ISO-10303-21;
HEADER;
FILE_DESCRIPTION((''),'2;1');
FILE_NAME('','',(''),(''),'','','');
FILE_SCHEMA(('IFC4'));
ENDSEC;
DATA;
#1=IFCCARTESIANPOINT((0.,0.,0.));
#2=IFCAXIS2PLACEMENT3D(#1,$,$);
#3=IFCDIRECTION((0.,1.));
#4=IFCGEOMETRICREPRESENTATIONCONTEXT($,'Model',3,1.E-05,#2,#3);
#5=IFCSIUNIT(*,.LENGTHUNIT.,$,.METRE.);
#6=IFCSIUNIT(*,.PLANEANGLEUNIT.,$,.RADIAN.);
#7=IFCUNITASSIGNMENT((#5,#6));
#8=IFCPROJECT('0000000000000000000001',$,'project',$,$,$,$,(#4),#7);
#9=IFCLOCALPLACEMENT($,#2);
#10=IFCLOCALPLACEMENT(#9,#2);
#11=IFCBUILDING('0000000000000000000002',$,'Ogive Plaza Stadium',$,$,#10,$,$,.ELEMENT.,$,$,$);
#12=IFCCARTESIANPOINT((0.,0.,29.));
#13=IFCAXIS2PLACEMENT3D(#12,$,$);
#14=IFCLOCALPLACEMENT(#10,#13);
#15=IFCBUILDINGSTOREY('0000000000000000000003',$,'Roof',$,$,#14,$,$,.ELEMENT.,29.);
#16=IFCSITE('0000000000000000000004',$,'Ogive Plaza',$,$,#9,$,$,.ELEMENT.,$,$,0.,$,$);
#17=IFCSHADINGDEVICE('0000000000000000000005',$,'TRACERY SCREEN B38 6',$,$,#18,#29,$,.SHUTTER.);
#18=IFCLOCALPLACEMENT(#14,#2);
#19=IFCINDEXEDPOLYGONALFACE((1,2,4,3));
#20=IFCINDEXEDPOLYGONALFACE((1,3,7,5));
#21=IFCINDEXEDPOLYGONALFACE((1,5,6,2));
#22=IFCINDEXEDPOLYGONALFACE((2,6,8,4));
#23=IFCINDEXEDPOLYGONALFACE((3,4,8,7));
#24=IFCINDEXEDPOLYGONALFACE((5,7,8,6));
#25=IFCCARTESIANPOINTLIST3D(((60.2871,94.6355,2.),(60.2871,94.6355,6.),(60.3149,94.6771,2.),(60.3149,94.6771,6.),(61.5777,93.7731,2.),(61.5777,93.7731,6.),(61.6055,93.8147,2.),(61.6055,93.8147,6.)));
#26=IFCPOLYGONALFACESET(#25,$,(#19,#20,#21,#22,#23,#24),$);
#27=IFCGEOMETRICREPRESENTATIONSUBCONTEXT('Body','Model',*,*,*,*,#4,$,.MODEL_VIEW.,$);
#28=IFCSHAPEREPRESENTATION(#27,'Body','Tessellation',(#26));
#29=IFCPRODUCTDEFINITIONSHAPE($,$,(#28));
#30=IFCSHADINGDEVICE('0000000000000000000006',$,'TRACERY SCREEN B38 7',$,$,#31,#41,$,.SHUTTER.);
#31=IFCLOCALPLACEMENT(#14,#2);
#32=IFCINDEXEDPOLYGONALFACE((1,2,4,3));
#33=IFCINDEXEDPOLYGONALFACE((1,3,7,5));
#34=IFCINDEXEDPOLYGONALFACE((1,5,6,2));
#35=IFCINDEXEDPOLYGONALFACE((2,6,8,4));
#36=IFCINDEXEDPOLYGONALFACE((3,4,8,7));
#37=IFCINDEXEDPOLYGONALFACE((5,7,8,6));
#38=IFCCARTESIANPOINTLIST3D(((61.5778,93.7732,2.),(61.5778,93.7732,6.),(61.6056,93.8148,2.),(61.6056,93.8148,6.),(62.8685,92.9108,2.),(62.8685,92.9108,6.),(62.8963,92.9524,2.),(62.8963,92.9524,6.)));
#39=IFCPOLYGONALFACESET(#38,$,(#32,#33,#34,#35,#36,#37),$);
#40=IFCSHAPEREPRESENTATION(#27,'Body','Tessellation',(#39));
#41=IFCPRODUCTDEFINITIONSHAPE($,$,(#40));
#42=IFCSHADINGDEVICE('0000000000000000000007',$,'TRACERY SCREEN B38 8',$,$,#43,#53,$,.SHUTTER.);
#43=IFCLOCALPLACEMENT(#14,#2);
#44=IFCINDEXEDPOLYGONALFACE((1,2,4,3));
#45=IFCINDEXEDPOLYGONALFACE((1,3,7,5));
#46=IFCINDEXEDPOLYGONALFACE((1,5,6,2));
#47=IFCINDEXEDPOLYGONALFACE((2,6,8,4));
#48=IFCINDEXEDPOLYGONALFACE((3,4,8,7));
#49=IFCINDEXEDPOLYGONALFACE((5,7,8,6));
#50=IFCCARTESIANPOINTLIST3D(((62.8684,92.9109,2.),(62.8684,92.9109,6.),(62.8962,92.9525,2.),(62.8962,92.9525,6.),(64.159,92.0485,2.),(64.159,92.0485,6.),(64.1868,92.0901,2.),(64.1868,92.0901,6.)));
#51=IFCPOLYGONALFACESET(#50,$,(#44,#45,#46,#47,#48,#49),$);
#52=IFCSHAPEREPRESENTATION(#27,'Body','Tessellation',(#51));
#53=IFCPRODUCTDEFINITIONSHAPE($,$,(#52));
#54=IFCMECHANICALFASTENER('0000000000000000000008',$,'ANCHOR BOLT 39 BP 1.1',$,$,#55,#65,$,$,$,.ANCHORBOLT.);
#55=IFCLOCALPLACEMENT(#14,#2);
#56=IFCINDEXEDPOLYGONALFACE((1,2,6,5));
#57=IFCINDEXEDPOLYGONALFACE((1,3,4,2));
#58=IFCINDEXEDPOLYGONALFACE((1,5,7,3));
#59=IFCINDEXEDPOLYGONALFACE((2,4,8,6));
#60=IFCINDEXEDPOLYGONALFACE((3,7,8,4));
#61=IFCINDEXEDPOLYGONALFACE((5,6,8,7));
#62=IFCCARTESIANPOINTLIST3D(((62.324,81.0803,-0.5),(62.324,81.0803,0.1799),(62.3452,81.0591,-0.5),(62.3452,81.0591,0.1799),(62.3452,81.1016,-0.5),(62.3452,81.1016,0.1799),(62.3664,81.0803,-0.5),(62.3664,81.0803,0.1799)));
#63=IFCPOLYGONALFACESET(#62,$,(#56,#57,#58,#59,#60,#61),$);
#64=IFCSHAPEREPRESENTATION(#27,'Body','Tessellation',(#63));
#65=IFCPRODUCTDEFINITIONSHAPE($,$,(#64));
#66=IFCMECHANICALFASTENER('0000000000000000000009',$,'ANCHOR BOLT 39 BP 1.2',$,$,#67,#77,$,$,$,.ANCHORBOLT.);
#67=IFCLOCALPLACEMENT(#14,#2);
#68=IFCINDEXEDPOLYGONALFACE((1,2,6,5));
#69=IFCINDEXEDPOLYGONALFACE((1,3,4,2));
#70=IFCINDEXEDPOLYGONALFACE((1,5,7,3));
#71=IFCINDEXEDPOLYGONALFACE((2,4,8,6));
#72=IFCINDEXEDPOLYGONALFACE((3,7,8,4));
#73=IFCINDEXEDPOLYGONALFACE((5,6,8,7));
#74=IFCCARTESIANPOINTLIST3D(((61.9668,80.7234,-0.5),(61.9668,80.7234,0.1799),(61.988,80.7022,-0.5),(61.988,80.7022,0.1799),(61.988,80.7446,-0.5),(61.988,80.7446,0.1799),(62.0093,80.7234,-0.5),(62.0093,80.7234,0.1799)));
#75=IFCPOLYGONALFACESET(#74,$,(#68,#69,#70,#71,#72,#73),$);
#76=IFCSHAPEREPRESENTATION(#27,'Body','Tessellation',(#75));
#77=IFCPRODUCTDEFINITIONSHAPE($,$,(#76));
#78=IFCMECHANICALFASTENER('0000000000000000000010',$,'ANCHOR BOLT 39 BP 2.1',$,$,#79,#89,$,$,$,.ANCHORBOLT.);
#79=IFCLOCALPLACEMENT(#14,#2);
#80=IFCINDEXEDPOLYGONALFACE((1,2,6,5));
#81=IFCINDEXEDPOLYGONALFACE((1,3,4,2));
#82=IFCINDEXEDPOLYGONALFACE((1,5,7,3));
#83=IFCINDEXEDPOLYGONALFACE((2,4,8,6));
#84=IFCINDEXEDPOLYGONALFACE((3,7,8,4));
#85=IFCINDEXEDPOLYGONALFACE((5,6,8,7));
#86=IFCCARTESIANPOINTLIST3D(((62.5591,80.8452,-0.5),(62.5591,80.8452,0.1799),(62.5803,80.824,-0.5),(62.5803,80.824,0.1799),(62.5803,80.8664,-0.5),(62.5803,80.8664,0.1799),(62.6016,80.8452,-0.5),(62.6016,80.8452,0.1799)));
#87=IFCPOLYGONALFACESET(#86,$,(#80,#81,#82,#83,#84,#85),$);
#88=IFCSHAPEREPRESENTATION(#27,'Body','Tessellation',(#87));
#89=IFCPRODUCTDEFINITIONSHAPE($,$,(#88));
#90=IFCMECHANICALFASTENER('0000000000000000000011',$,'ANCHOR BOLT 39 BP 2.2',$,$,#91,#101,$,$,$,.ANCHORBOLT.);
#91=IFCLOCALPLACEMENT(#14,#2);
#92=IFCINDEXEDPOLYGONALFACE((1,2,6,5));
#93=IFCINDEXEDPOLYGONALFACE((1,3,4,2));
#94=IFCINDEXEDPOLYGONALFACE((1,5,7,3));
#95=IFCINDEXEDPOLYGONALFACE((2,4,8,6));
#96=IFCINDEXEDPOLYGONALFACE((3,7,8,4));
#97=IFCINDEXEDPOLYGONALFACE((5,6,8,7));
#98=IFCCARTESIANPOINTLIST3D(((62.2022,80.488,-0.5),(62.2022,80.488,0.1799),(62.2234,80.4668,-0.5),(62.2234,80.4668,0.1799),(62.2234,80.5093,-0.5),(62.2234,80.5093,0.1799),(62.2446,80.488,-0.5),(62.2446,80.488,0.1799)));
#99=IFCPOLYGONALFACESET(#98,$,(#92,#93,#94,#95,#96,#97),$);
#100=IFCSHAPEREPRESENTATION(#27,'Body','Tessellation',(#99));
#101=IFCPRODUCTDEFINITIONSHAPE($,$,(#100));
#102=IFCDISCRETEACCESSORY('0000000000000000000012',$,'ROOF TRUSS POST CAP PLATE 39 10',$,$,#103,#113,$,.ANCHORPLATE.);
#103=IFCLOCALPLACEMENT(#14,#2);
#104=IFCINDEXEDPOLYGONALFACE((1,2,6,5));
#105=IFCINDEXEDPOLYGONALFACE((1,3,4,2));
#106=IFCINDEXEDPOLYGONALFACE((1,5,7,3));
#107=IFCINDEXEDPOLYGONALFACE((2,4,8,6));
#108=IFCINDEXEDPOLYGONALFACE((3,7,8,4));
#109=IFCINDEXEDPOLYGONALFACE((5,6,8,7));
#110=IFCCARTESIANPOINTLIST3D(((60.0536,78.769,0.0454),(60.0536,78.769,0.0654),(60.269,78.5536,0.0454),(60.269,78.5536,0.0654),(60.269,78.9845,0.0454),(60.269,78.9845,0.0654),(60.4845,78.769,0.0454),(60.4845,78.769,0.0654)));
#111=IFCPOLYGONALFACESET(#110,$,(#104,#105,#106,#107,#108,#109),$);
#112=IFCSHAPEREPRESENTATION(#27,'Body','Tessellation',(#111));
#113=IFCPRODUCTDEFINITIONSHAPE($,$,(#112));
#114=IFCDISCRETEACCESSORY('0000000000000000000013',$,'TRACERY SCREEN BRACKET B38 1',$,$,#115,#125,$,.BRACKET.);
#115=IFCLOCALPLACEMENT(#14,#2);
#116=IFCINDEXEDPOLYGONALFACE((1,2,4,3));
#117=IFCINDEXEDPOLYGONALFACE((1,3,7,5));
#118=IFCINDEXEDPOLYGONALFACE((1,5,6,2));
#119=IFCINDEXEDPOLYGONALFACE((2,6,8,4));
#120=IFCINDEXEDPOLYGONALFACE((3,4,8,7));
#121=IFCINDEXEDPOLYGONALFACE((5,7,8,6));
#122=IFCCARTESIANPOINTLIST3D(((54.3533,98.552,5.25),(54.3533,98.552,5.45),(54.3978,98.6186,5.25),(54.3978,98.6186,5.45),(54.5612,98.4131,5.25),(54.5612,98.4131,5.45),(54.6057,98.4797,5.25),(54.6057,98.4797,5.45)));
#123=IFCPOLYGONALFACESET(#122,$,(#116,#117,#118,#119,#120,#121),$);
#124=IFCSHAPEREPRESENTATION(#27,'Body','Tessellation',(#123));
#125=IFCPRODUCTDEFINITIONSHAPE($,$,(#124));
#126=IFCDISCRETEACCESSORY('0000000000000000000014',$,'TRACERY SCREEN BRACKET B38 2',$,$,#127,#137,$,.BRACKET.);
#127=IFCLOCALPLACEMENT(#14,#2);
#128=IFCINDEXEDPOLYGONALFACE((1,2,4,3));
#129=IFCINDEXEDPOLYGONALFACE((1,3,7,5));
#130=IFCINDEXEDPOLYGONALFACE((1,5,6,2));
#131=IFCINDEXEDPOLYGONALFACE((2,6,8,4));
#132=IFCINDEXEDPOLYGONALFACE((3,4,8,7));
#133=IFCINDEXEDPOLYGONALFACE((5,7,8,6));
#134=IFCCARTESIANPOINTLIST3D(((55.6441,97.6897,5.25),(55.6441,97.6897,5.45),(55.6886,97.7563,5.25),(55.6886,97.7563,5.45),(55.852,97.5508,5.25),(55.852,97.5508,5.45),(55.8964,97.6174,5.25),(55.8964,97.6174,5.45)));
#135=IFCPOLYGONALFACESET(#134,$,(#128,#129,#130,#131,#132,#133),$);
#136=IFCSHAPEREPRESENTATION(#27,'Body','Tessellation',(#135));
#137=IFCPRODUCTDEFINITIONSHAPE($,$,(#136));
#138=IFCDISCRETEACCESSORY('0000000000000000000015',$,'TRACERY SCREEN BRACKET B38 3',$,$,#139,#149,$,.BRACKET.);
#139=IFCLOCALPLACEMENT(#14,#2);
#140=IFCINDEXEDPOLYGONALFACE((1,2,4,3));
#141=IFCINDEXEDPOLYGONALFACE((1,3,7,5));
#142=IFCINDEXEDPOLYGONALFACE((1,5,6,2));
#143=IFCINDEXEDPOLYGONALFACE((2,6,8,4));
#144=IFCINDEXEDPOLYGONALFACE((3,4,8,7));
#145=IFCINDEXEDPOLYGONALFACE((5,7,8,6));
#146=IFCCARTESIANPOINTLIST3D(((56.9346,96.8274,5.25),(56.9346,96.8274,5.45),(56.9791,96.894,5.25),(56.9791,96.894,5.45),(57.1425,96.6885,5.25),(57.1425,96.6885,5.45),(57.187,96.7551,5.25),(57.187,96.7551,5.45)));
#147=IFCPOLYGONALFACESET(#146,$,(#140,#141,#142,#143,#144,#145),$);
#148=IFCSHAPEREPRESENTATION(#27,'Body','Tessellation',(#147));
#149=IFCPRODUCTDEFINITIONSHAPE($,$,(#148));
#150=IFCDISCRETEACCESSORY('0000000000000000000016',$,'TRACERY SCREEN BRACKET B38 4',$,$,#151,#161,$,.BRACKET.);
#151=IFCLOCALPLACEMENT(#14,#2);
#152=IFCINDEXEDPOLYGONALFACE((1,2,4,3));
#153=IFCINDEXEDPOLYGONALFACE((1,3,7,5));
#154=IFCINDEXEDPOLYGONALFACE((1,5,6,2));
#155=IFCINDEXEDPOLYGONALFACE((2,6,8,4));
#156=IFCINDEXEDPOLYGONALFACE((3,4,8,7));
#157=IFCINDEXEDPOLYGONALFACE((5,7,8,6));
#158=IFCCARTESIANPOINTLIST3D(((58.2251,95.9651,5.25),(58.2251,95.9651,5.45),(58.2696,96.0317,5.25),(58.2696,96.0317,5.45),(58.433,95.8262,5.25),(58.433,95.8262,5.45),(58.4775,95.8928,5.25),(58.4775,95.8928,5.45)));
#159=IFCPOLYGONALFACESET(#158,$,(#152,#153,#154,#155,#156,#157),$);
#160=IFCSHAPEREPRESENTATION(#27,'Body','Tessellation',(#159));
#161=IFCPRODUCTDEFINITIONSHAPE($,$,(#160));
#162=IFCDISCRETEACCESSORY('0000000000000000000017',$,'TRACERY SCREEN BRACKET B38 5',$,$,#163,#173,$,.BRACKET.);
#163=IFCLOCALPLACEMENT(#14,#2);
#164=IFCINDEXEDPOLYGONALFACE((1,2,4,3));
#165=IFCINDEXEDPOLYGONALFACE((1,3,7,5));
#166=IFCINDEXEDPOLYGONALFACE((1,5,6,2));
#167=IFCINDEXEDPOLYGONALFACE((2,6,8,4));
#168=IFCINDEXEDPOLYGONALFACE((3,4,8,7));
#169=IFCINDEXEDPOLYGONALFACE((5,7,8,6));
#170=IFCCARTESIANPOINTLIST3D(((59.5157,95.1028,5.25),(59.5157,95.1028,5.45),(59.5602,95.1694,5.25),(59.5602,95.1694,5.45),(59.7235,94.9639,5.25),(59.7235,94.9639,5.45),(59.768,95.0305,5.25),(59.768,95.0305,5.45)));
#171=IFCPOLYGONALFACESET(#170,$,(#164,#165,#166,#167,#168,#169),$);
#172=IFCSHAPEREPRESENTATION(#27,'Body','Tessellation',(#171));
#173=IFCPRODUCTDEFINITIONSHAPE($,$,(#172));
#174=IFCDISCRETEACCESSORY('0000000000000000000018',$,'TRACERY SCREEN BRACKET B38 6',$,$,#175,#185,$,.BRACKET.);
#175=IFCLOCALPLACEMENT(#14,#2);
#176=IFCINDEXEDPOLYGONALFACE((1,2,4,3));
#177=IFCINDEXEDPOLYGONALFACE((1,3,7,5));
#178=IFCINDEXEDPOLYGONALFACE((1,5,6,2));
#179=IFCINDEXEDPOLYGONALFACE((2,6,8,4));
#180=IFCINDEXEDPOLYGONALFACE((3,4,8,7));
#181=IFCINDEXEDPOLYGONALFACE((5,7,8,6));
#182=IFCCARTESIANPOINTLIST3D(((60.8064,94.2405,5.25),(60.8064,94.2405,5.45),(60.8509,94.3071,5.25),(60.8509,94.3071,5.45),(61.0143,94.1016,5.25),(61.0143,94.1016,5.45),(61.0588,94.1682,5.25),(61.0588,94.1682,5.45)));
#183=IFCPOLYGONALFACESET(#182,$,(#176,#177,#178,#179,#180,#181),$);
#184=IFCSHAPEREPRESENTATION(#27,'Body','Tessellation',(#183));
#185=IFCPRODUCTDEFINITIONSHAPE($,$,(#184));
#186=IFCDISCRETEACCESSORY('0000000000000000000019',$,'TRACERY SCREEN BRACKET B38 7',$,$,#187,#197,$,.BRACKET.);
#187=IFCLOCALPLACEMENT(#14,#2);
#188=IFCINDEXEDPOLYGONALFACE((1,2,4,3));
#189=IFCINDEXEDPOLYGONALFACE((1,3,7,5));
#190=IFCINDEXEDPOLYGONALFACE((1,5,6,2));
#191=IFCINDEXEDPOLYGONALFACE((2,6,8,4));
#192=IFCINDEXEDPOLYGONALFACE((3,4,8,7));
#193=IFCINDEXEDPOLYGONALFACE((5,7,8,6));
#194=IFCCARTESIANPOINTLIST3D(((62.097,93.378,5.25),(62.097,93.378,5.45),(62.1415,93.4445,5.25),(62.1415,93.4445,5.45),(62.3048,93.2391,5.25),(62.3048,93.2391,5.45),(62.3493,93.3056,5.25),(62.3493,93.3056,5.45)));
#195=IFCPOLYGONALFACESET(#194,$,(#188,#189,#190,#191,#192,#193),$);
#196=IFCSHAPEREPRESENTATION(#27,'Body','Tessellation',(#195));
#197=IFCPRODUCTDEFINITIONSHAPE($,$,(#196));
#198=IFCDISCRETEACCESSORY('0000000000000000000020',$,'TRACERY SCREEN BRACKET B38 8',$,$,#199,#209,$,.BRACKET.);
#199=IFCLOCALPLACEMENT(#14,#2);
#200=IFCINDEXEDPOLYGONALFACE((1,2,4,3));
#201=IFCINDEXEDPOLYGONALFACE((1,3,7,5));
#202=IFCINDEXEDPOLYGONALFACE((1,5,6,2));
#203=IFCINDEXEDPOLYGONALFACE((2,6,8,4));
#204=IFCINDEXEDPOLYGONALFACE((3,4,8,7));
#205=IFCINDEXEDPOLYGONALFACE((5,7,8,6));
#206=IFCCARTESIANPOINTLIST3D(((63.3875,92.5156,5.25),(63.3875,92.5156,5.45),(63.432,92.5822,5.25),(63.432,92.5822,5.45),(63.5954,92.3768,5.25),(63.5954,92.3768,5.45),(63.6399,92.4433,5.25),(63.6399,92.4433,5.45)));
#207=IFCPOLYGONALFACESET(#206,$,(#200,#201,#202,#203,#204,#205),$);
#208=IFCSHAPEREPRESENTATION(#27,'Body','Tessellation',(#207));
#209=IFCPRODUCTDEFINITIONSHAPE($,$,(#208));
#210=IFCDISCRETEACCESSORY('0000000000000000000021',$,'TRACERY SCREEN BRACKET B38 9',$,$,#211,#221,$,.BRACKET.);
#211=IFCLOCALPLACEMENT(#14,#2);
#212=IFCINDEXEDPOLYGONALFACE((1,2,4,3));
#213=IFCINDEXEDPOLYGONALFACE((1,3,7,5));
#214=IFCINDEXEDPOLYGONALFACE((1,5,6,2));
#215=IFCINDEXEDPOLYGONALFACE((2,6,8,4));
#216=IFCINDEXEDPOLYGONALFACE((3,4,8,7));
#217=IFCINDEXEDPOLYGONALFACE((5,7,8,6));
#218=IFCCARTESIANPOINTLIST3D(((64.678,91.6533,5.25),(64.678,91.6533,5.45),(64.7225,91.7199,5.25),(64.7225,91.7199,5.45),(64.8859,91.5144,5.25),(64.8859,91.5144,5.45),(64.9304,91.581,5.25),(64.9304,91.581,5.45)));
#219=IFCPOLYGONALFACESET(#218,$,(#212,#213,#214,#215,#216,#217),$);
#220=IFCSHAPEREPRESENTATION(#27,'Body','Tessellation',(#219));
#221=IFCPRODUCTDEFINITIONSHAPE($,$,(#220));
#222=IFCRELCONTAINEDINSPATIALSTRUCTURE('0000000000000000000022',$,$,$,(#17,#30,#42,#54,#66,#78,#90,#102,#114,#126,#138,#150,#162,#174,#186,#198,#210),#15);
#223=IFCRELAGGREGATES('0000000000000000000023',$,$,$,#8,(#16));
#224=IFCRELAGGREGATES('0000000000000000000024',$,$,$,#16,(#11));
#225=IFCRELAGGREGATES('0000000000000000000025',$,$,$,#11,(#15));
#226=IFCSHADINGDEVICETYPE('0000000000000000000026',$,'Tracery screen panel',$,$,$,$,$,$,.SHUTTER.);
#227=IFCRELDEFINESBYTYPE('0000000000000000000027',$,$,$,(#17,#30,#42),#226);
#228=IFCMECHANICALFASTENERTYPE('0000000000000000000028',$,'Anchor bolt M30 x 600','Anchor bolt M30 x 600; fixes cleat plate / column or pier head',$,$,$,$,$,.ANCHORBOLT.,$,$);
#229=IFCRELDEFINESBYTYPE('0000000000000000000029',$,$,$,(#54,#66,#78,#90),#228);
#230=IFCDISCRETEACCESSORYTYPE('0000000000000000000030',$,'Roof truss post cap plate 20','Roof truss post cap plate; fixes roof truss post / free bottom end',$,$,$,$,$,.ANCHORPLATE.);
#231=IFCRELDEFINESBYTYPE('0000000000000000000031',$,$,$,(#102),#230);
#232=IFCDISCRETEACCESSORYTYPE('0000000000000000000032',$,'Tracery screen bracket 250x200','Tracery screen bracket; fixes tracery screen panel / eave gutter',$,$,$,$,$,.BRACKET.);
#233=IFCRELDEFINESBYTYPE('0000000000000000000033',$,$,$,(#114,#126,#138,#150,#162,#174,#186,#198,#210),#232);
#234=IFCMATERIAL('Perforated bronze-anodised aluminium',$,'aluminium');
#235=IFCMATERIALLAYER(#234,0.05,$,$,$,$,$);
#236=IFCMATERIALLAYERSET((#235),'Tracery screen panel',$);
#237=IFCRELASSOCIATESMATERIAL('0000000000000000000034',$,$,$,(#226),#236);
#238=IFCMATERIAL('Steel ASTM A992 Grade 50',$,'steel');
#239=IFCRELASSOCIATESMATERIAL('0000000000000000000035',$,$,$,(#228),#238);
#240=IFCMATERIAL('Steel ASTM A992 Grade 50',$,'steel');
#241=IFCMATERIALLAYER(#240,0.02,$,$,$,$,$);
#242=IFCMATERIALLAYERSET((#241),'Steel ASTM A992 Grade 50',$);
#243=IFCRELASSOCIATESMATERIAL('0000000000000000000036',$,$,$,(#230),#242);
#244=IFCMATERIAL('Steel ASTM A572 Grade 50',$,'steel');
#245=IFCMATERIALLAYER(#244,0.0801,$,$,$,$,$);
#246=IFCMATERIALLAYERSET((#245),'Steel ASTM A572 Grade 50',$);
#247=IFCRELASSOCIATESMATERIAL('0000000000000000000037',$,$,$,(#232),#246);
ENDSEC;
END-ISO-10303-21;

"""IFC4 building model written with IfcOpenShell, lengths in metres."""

from ifc_helpers import new_model, si_unit, direction, frame, origin, origin_2d, place, context, subcontext, project, spatial, rectangle, extrude, material, layer, layer_set, type_object, element, save


model = new_model("IFC4")

# Units and contexts
model_context = context("Model", 3, precision=1e-05, world=origin(), true_north=direction((0.0, 1.0)))
body_context = subcontext(model_context, "Body", "Model", "MODEL_VIEW")
ifc_project = project(units=[si_unit("LENGTHUNIT", "METRE"), si_unit("PLANEANGLEUNIT", "RADIAN")], contexts=[model_context])

# Site, building, storey
site_placement = place(None, origin())
site = spatial("IfcSite", under=ifc_project, at=site_placement, Name="Ogive Plaza", CompositionType="ELEMENT", RefElevation=0.0)
building_placement = place(site_placement, origin())
building = spatial("IfcBuilding", under=site, at=building_placement, Name="Ogive Plaza Stadium", CompositionType="ELEMENT")
storey_placement = place(building_placement, frame((0.0, 0.0, 29.0)))
storey = spatial("IfcBuildingStorey", under=building, at=storey_placement, Name="Roof", CompositionType="ELEMENT", Elevation=29.0)

# Shading devices
ifc_material_1 = material(Name="Perforated bronze-anodised aluminium", Category="aluminium")
ifc_layer_1 = layer(ifc_material_1, 0.05)
ifc_layer_set_1 = layer_set([ifc_layer_1], Name="Tracery screen panel")
shading_device_type = type_object("IfcShadingDeviceType", Name="Tracery screen panel", PredefinedType="SHUTTER", material=ifc_layer_set_1)
for number, where, z_axis, x_axis, name in (
    (1, (60.9463, 94.2251, 2.0), (0.0, 0.0, 1.0), (0.83147, -0.55557, 0.0), "TRACERY SCREEN B38 6"),
    (2, (62.2371, 93.3628, 2.0), (0.0, 0.0, 1.0), (0.83147, -0.55557, 0.0), "TRACERY SCREEN B38 7"),
    (3, (63.5276, 92.5005, 2.0), (0.0, 0.0, 1.0), (0.83147, -0.55557, 0.0), "TRACERY SCREEN B38 8"),
):
    element("IfcShadingDevice", number, at=place(storey_placement, frame(where, z_axis=z_axis, x_axis=x_axis)), inside=storey, type_object=shading_device_type, Name=name, PredefinedType="SHUTTER", context=body_context, shape_type="SweptSolid", body=[
        extrude(rectangle(XDim=1.5522, YDim=0.05, at=origin_2d()), origin(), (0.0, 0.0, 1.0), 4.0),
    ])

# Mechanical fasteners
ifc_material_2 = material(Name="Steel ASTM A992 Grade 50", Category="steel")
mechanical_fastener_type = type_object("IfcMechanicalFastenerType", Name="Anchor bolt M30 x 600", Description="Anchor bolt M30 x 600; fixes cleat plate / column or pier head", PredefinedType="ANCHORBOLT", material=ifc_material_2)
for number, where, z_axis, x_axis, name in (
    (4, (62.3452, 81.0803, -0.5), (0.0, 0.0, 1.0), (0.707107, 0.707107, 0.0), "ANCHOR BOLT 39 BP 1.1"),
    (5, (61.988, 80.7234, -0.5), (0.0, 0.0, 1.0), (0.707107, 0.707107, 0.0), "ANCHOR BOLT 39 BP 1.2"),
    (6, (62.5803, 80.8452, -0.5), (0.0, 0.0, 1.0), (0.707107, 0.707107, 0.0), "ANCHOR BOLT 39 BP 2.1"),
    (7, (62.2234, 80.488, -0.5), (0.0, 0.0, 1.0), (0.707107, 0.707107, 0.0), "ANCHOR BOLT 39 BP 2.2"),
):
    element("IfcMechanicalFastener", number, at=place(storey_placement, frame(where, z_axis=z_axis, x_axis=x_axis)), inside=storey, type_object=mechanical_fastener_type, Name=name, PredefinedType="ANCHORBOLT", context=body_context, shape_type="SweptSolid", body=[
        extrude(rectangle(XDim=0.03, YDim=0.03, at=origin_2d()), origin(), (0.0, 0.0, 1.0), 0.6799),
    ])

# Discrete accessories
ifc_material_3 = material(Name="Steel ASTM A992 Grade 50", Category="steel")
ifc_layer_2 = layer(ifc_material_3, 0.02)
ifc_layer_set_2 = layer_set([ifc_layer_2], Name="Steel ASTM A992 Grade 50")
discrete_accessory_type_1 = type_object("IfcDiscreteAccessoryType", Name="Roof truss post cap plate 20", Description="Roof truss post cap plate; fixes roof truss post / free bottom end", PredefinedType="ANCHORPLATE", material=ifc_layer_set_2)
discrete_accessory_placement = place(storey_placement, frame((60.269, 78.769, 0.0454), z_axis=(0.0, 0.0, 1.0), x_axis=(0.707107, 0.707107, 0.0)))
element("IfcDiscreteAccessory", 8, at=discrete_accessory_placement, inside=storey, type_object=discrete_accessory_type_1, Name="ROOF TRUSS POST CAP PLATE 39 10", PredefinedType="ANCHORPLATE", context=body_context, shape_type="SweptSolid", body=[
    extrude(rectangle(XDim=0.3047, YDim=0.3047, at=origin_2d()), origin(), (0.0, 0.0, 1.0), 0.02),
])
ifc_material_4 = material(Name="Steel ASTM A572 Grade 50", Category="steel")
ifc_layer_3 = layer(ifc_material_4, 0.0801)
ifc_layer_set_3 = layer_set([ifc_layer_3], Name="Steel ASTM A572 Grade 50")
discrete_accessory_type_2 = type_object("IfcDiscreteAccessoryType", Name="Tracery screen bracket 250x200", Description="Tracery screen bracket; fixes tracery screen panel / eave gutter", PredefinedType="BRACKET", material=ifc_layer_set_3)
for number, where, z_axis, x_axis, name in (
    (9, (54.4795, 98.5159, 5.25), (0.0, 0.0, 1.0), (0.83147, -0.55557, 0.0), "TRACERY SCREEN BRACKET B38 1"),
    (10, (55.7703, 97.6536, 5.25), (0.0, 0.0, 1.0), (0.83147, -0.55557, 0.0), "TRACERY SCREEN BRACKET B38 2"),
    (11, (57.0608, 96.7913, 5.25), (0.0, 0.0, 1.0), (0.83147, -0.55557, 0.0), "TRACERY SCREEN BRACKET B38 3"),
    (12, (58.3513, 95.929, 5.25), (0.0, 0.0, 1.0), (0.83147, -0.55557, 0.0), "TRACERY SCREEN BRACKET B38 4"),
    (13, (59.6418, 95.0667, 5.25), (0.0, 0.0, 1.0), (0.83147, -0.55557, 0.0), "TRACERY SCREEN BRACKET B38 5"),
    (14, (60.9326, 94.2043, 5.25), (0.0, 0.0, 1.0), (0.83147, -0.55557, 0.0), "TRACERY SCREEN BRACKET B38 6"),
    (15, (62.2231, 93.3418, 5.25), (0.0, 0.0, 1.0), (0.83147, -0.55557, 0.0), "TRACERY SCREEN BRACKET B38 7"),
    (16, (63.5137, 92.4795, 5.25), (0.0, 0.0, 1.0), (0.83147, -0.55557, 0.0), "TRACERY SCREEN BRACKET B38 8"),
    (17, (64.8042, 91.6172, 5.25), (0.0, 0.0, 1.0), (0.83147, -0.55557, 0.0), "TRACERY SCREEN BRACKET B38 9"),
):
    element("IfcDiscreteAccessory", number, at=place(storey_placement, frame(where, z_axis=z_axis, x_axis=x_axis)), inside=storey, type_object=discrete_accessory_type_2, Name=name, PredefinedType="BRACKET", context=body_context, shape_type="SweptSolid", body=[
        extrude(rectangle(XDim=0.25, YDim=0.0801, at=origin_2d()), origin(), (0.0, 0.0, 1.0), 0.2),
    ])

save(model, "model.ifc")
